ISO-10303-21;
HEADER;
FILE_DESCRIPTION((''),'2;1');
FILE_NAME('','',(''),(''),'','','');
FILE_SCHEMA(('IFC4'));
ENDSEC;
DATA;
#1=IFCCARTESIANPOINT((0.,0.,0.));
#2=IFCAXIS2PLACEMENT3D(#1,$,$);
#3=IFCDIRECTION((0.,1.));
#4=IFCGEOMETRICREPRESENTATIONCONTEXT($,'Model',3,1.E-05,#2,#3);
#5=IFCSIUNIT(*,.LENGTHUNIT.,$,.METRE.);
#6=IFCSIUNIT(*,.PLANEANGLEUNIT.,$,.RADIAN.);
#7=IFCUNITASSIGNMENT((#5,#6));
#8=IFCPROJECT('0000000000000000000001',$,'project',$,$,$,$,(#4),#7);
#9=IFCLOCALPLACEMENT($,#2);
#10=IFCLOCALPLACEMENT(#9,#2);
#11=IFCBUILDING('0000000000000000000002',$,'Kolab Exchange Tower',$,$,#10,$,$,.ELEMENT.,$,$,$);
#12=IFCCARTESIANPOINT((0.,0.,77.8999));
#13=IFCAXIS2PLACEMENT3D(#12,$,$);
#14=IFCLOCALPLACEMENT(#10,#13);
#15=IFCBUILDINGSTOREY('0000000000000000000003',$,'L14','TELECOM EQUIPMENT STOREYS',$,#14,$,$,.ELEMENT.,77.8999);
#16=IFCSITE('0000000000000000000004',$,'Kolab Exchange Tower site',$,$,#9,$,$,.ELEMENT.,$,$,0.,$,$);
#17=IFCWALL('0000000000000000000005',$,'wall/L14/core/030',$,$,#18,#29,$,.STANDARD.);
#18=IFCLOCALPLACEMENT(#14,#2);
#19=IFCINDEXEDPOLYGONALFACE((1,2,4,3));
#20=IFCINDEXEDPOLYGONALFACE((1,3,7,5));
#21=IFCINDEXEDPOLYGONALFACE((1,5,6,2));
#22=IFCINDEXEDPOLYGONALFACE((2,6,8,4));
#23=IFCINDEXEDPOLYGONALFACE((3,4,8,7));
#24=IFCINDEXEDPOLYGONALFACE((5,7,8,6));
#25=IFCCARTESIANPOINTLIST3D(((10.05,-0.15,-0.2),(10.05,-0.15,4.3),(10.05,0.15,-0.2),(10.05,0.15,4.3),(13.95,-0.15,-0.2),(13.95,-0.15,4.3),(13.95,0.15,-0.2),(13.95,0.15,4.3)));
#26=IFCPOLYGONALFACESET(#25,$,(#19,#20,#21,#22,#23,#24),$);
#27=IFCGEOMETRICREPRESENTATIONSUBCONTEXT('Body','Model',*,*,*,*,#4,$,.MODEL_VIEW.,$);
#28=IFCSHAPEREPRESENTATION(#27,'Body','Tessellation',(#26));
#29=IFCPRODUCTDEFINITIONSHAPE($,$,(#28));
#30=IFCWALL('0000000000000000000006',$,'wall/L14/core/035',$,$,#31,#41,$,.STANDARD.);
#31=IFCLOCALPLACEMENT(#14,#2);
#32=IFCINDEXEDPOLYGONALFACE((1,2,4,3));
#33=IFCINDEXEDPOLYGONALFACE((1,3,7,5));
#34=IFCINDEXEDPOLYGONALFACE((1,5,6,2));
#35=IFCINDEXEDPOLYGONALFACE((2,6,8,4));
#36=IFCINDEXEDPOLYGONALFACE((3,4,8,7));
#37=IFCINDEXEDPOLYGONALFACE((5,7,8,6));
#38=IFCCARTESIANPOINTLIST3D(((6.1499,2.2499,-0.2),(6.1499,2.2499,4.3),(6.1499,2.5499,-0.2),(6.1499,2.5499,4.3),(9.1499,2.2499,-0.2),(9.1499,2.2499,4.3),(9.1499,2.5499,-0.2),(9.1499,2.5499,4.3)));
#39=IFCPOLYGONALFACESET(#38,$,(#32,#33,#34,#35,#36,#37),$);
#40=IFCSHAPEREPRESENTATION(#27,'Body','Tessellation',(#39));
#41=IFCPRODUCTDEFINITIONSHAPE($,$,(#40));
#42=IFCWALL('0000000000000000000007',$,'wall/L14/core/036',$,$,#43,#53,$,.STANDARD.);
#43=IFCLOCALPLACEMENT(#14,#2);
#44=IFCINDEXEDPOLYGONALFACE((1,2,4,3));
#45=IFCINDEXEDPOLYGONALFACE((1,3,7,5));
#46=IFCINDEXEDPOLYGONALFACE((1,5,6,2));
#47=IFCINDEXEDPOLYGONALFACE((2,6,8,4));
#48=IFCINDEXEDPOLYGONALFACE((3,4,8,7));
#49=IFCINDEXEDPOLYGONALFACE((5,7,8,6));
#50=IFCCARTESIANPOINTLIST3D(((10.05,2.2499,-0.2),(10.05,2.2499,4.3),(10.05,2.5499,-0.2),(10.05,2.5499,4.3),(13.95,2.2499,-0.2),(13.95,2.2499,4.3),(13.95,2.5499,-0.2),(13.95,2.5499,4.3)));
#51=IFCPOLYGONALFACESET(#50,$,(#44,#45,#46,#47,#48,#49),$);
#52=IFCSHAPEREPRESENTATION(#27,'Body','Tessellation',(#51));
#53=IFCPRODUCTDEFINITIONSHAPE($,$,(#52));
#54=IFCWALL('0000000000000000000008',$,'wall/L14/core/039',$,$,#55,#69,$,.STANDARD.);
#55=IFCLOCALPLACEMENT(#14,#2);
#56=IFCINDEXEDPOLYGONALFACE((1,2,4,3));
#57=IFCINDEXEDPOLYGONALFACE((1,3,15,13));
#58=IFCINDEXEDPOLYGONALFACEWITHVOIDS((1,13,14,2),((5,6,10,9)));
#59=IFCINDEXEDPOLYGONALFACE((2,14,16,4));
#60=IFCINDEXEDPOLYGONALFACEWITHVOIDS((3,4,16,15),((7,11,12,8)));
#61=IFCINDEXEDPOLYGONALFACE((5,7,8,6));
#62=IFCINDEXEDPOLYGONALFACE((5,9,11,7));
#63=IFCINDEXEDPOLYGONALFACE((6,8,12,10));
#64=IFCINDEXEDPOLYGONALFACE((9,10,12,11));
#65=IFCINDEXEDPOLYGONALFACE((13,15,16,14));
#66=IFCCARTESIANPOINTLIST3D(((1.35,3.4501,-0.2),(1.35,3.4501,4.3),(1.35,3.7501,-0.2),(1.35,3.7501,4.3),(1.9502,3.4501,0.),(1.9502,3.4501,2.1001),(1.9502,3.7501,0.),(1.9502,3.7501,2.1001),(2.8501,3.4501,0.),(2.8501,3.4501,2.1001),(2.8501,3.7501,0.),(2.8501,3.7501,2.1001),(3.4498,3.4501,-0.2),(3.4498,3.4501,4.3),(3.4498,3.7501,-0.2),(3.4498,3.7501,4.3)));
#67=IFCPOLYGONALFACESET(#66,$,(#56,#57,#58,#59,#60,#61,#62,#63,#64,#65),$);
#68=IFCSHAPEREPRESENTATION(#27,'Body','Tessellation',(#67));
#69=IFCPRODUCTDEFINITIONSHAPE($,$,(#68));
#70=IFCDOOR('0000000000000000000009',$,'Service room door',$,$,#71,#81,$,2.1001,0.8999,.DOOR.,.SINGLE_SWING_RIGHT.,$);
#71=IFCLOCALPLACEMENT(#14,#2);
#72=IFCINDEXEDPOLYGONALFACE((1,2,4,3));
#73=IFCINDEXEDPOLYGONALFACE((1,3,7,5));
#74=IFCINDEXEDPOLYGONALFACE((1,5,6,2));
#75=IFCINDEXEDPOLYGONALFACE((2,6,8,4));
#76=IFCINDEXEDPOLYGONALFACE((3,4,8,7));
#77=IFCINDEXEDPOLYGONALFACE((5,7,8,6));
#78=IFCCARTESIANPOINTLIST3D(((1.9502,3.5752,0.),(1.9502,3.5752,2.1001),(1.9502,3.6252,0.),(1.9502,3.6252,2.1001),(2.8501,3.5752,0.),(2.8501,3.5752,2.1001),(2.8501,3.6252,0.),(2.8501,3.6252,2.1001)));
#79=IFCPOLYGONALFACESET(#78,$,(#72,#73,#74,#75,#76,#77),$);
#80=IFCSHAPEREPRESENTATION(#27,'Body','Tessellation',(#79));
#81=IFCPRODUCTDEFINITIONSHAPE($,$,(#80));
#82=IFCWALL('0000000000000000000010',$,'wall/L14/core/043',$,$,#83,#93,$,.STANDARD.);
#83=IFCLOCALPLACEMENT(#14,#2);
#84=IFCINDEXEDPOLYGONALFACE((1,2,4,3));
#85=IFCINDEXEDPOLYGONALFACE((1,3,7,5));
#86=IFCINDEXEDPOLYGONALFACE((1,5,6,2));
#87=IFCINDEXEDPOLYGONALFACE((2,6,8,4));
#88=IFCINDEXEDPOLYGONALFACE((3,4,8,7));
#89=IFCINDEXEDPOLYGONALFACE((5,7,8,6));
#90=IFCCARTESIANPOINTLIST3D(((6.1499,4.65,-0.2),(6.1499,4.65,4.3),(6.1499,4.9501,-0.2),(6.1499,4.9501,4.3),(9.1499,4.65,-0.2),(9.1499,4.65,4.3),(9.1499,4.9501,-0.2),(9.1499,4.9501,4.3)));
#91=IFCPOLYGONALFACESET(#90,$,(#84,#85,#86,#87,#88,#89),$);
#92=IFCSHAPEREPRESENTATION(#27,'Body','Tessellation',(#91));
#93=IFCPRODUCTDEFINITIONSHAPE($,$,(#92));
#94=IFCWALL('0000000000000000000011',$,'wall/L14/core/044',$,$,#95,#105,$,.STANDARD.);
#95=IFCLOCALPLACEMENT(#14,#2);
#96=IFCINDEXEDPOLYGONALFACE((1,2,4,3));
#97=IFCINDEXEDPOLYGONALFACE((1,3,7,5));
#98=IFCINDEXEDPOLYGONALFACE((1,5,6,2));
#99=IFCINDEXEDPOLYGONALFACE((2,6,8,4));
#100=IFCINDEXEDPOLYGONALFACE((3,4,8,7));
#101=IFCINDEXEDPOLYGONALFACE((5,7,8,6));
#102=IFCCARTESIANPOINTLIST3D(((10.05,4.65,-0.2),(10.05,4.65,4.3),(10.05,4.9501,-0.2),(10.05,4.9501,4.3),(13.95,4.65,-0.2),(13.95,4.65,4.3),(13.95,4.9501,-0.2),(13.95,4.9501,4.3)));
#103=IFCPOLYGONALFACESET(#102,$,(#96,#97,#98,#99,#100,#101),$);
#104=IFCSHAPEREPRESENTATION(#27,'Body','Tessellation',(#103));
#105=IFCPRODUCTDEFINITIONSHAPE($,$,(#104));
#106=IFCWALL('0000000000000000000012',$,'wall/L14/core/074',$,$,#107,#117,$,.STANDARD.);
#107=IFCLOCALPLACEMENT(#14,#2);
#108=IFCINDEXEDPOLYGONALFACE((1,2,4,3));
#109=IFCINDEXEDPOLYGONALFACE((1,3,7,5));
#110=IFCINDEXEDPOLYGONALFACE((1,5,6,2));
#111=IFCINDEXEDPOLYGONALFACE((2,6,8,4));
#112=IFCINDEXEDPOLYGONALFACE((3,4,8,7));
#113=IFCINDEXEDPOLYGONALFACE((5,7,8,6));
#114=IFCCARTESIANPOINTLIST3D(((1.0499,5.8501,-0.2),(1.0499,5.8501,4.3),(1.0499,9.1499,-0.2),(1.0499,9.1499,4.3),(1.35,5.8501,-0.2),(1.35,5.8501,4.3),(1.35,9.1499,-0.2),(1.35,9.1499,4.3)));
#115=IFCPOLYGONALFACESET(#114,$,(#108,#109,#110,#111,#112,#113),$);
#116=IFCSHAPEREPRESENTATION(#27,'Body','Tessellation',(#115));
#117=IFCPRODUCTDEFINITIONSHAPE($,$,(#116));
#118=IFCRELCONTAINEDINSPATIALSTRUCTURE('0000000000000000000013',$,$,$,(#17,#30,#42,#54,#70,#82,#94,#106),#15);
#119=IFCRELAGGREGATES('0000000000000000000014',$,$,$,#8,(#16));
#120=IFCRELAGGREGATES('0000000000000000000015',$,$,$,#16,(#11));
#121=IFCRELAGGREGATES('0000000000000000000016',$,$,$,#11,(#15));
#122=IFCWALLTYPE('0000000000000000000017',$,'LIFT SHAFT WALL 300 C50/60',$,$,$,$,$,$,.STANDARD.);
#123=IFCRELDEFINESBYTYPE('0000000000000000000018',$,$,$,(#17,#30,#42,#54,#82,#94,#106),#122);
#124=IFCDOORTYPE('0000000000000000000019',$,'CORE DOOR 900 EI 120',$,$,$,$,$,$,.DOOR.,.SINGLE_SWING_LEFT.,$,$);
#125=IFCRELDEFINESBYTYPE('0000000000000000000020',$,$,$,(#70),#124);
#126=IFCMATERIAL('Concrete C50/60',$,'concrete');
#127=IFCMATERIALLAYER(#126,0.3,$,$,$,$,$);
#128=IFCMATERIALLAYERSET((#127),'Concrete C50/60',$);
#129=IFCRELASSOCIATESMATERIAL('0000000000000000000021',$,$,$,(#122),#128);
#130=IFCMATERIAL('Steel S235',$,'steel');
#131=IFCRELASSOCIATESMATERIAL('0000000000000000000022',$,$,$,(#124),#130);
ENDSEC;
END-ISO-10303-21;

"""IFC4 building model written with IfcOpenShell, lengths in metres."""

from ifc_helpers import new_model, si_unit, direction, frame, frame_2d, origin, place, context, subcontext, project, spatial, rectangle, extrude, material, layer, layer_set, type_object, element, fill, save


model = new_model("IFC4")

# Units and contexts
model_context = context("Model", 3, precision=1e-05, world=origin(), true_north=direction((0.0, 1.0)))
body_context = subcontext(model_context, "Body", "Model", "MODEL_VIEW")
ifc_project = project(units=[si_unit("LENGTHUNIT", "METRE"), si_unit("PLANEANGLEUNIT", "RADIAN")], contexts=[model_context])

# Site, building, storey
site_placement = place(None, origin())
site = spatial("IfcSite", under=ifc_project, at=site_placement, Name="Kolab Exchange Tower site", CompositionType="ELEMENT", RefElevation=0.0)
building_placement = place(site_placement, origin())
building = spatial("IfcBuilding", under=site, at=building_placement, Name="Kolab Exchange Tower", CompositionType="ELEMENT")
storey_placement = place(building_placement, frame((0.0, 0.0, 77.8999)))
storey = spatial("IfcBuildingStorey", under=building, at=storey_placement, Name="L14", Description="TELECOM EQUIPMENT STOREYS", CompositionType="ELEMENT", Elevation=77.8999)

# Shared definitions
ifc_material_1 = material(Name="Concrete C50/60", Category="concrete")

# Walls
ifc_layer_1 = layer(ifc_material_1, 0.3)
ifc_layer_set_1 = layer_set([ifc_layer_1], Name="Concrete C50/60")
wall_type = type_object("IfcWallType", Name="LIFT SHAFT WALL 300 C50/60", PredefinedType="STANDARD", material=ifc_layer_set_1)
wall_1_placement = place(storey_placement, frame((10.05, 0.0, -0.2), z_axis=(0.0, 0.0, 1.0), x_axis=(1.0, 0.0, 0.0)))
element("IfcWall", 1, at=wall_1_placement, inside=storey, type_object=wall_type, Name="wall/L14/core/030", PredefinedType="STANDARD", context=body_context, shape_type="SweptSolid", body=[
    extrude(rectangle(XDim=3.8999, YDim=0.3, at=frame_2d((1.95, 0.0))), origin(), (0.0, 0.0, 1.0), 4.5),
])
wall_2_placement = place(storey_placement, frame((6.1499, 2.3999, -0.2), z_axis=(0.0, 0.0, 1.0), x_axis=(1.0, 0.0, 0.0)))
element("IfcWall", 2, at=wall_2_placement, inside=storey, type_object=wall_type, Name="wall/L14/core/035", PredefinedType="STANDARD", context=body_context, shape_type="SweptSolid", body=[
    extrude(rectangle(XDim=3.0, YDim=0.3, at=frame_2d((1.5, 0.0))), origin(), (0.0, 0.0, 1.0), 4.5),
])
wall_3_placement = place(storey_placement, frame((10.05, 2.3999, -0.2), z_axis=(0.0, 0.0, 1.0), x_axis=(1.0, 0.0, 0.0)))
element("IfcWall", 3, at=wall_3_placement, inside=storey, type_object=wall_type, Name="wall/L14/core/036", PredefinedType="STANDARD", context=body_context, shape_type="SweptSolid", body=[
    extrude(rectangle(XDim=3.8999, YDim=0.3, at=frame_2d((1.95, 0.0))), origin(), (0.0, 0.0, 1.0), 4.5),
])

# Wall, opening, door
wall_4_placement = place(storey_placement, frame((1.3501, 3.6001, -0.2), z_axis=(0.0, 0.0, 1.0), x_axis=(1.0, 0.0, 0.0)))
wall_4 = element("IfcWall", 4, at=wall_4_placement, inside=storey, type_object=wall_type, Name="wall/L14/core/039", PredefinedType="STANDARD", context=body_context, shape_type="SweptSolid", body=[
    extrude(rectangle(XDim=2.0999, YDim=0.3, at=frame_2d((1.0498, 0.0))), origin(), (0.0, 0.0, 1.0), 4.5),
])
opening_placement = place(wall_4_placement, frame((0.6001, 0.0, 0.2)))
opening = element("IfcOpeningElement", 5, at=opening_placement, cuts=wall_4, PredefinedType="OPENING", context=body_context, shape_type="SweptSolid", body=[
    extrude(rectangle(XDim=0.8999, YDim=2.1001, at=frame_2d((0.45, 1.05))), frame((0.0, 0.1602, 0.0), z_axis=(0.0, -1.0, 0.0), x_axis=(1.0, 0.0, 0.0)), (0.0, 0.0, 1.0), 0.3201),
])
ifc_material_2 = material(Name="Steel S235", Category="steel")
door_type = type_object("IfcDoorType", Name="CORE DOOR 900 EI 120", OperationType="SINGLE_SWING_LEFT", PredefinedType="DOOR", material=ifc_material_2)
door_placement = place(opening_placement, frame((0.8999, 0.0, 0.0), z_axis=(0.0, 0.0, 1.0), x_axis=(-1.0, 0.0, 0.0)))
door = element("IfcDoor", 6, at=door_placement, inside=storey, type_object=door_type, Name="Service room door", OperationType="SINGLE_SWING_RIGHT", OverallHeight=2.1001, OverallWidth=0.8999, PredefinedType="DOOR", context=body_context, shape_type="SweptSolid", body=[
    extrude(rectangle(XDim=0.8999, YDim=2.1001, at=frame_2d((0.45, 1.05))), frame((0.0, 0.0249, 0.0), z_axis=(0.0, -1.0, 0.0), x_axis=(1.0, 0.0, 0.0)), (0.0, 0.0, 1.0), 0.05),
])
fill(opening, door)

# Walls
wall_5_placement = place(storey_placement, frame((6.1499, 4.8, -0.2), z_axis=(0.0, 0.0, 1.0), x_axis=(1.0, 0.0, 0.0)))
element("IfcWall", 7, at=wall_5_placement, inside=storey, type_object=wall_type, Name="wall/L14/core/043", PredefinedType="STANDARD", context=body_context, shape_type="SweptSolid", body=[
    extrude(rectangle(XDim=3.0, YDim=0.3, at=frame_2d((1.5, 0.0))), origin(), (0.0, 0.0, 1.0), 4.5),
])
wall_6_placement = place(storey_placement, frame((10.05, 4.8, -0.2), z_axis=(0.0, 0.0, 1.0), x_axis=(1.0, 0.0, 0.0)))
element("IfcWall", 8, at=wall_6_placement, inside=storey, type_object=wall_type, Name="wall/L14/core/044", PredefinedType="STANDARD", context=body_context, shape_type="SweptSolid", body=[
    extrude(rectangle(XDim=3.8999, YDim=0.3, at=frame_2d((1.95, 0.0))), origin(), (0.0, 0.0, 1.0), 4.5),
])
wall_7_placement = place(storey_placement, frame((1.2, 5.8501, -0.2), z_axis=(0.0, 0.0, 1.0), x_axis=(0.0, 1.0, 0.0)))
element("IfcWall", 9, at=wall_7_placement, inside=storey, type_object=wall_type, Name="wall/L14/core/074", PredefinedType="STANDARD", context=body_context, shape_type="SweptSolid", body=[
    extrude(rectangle(XDim=3.2998, YDim=0.3, at=frame_2d((1.6499, 0.0))), origin(), (0.0, 0.0, 1.0), 4.5),
])

save(model, "model.ifc")
